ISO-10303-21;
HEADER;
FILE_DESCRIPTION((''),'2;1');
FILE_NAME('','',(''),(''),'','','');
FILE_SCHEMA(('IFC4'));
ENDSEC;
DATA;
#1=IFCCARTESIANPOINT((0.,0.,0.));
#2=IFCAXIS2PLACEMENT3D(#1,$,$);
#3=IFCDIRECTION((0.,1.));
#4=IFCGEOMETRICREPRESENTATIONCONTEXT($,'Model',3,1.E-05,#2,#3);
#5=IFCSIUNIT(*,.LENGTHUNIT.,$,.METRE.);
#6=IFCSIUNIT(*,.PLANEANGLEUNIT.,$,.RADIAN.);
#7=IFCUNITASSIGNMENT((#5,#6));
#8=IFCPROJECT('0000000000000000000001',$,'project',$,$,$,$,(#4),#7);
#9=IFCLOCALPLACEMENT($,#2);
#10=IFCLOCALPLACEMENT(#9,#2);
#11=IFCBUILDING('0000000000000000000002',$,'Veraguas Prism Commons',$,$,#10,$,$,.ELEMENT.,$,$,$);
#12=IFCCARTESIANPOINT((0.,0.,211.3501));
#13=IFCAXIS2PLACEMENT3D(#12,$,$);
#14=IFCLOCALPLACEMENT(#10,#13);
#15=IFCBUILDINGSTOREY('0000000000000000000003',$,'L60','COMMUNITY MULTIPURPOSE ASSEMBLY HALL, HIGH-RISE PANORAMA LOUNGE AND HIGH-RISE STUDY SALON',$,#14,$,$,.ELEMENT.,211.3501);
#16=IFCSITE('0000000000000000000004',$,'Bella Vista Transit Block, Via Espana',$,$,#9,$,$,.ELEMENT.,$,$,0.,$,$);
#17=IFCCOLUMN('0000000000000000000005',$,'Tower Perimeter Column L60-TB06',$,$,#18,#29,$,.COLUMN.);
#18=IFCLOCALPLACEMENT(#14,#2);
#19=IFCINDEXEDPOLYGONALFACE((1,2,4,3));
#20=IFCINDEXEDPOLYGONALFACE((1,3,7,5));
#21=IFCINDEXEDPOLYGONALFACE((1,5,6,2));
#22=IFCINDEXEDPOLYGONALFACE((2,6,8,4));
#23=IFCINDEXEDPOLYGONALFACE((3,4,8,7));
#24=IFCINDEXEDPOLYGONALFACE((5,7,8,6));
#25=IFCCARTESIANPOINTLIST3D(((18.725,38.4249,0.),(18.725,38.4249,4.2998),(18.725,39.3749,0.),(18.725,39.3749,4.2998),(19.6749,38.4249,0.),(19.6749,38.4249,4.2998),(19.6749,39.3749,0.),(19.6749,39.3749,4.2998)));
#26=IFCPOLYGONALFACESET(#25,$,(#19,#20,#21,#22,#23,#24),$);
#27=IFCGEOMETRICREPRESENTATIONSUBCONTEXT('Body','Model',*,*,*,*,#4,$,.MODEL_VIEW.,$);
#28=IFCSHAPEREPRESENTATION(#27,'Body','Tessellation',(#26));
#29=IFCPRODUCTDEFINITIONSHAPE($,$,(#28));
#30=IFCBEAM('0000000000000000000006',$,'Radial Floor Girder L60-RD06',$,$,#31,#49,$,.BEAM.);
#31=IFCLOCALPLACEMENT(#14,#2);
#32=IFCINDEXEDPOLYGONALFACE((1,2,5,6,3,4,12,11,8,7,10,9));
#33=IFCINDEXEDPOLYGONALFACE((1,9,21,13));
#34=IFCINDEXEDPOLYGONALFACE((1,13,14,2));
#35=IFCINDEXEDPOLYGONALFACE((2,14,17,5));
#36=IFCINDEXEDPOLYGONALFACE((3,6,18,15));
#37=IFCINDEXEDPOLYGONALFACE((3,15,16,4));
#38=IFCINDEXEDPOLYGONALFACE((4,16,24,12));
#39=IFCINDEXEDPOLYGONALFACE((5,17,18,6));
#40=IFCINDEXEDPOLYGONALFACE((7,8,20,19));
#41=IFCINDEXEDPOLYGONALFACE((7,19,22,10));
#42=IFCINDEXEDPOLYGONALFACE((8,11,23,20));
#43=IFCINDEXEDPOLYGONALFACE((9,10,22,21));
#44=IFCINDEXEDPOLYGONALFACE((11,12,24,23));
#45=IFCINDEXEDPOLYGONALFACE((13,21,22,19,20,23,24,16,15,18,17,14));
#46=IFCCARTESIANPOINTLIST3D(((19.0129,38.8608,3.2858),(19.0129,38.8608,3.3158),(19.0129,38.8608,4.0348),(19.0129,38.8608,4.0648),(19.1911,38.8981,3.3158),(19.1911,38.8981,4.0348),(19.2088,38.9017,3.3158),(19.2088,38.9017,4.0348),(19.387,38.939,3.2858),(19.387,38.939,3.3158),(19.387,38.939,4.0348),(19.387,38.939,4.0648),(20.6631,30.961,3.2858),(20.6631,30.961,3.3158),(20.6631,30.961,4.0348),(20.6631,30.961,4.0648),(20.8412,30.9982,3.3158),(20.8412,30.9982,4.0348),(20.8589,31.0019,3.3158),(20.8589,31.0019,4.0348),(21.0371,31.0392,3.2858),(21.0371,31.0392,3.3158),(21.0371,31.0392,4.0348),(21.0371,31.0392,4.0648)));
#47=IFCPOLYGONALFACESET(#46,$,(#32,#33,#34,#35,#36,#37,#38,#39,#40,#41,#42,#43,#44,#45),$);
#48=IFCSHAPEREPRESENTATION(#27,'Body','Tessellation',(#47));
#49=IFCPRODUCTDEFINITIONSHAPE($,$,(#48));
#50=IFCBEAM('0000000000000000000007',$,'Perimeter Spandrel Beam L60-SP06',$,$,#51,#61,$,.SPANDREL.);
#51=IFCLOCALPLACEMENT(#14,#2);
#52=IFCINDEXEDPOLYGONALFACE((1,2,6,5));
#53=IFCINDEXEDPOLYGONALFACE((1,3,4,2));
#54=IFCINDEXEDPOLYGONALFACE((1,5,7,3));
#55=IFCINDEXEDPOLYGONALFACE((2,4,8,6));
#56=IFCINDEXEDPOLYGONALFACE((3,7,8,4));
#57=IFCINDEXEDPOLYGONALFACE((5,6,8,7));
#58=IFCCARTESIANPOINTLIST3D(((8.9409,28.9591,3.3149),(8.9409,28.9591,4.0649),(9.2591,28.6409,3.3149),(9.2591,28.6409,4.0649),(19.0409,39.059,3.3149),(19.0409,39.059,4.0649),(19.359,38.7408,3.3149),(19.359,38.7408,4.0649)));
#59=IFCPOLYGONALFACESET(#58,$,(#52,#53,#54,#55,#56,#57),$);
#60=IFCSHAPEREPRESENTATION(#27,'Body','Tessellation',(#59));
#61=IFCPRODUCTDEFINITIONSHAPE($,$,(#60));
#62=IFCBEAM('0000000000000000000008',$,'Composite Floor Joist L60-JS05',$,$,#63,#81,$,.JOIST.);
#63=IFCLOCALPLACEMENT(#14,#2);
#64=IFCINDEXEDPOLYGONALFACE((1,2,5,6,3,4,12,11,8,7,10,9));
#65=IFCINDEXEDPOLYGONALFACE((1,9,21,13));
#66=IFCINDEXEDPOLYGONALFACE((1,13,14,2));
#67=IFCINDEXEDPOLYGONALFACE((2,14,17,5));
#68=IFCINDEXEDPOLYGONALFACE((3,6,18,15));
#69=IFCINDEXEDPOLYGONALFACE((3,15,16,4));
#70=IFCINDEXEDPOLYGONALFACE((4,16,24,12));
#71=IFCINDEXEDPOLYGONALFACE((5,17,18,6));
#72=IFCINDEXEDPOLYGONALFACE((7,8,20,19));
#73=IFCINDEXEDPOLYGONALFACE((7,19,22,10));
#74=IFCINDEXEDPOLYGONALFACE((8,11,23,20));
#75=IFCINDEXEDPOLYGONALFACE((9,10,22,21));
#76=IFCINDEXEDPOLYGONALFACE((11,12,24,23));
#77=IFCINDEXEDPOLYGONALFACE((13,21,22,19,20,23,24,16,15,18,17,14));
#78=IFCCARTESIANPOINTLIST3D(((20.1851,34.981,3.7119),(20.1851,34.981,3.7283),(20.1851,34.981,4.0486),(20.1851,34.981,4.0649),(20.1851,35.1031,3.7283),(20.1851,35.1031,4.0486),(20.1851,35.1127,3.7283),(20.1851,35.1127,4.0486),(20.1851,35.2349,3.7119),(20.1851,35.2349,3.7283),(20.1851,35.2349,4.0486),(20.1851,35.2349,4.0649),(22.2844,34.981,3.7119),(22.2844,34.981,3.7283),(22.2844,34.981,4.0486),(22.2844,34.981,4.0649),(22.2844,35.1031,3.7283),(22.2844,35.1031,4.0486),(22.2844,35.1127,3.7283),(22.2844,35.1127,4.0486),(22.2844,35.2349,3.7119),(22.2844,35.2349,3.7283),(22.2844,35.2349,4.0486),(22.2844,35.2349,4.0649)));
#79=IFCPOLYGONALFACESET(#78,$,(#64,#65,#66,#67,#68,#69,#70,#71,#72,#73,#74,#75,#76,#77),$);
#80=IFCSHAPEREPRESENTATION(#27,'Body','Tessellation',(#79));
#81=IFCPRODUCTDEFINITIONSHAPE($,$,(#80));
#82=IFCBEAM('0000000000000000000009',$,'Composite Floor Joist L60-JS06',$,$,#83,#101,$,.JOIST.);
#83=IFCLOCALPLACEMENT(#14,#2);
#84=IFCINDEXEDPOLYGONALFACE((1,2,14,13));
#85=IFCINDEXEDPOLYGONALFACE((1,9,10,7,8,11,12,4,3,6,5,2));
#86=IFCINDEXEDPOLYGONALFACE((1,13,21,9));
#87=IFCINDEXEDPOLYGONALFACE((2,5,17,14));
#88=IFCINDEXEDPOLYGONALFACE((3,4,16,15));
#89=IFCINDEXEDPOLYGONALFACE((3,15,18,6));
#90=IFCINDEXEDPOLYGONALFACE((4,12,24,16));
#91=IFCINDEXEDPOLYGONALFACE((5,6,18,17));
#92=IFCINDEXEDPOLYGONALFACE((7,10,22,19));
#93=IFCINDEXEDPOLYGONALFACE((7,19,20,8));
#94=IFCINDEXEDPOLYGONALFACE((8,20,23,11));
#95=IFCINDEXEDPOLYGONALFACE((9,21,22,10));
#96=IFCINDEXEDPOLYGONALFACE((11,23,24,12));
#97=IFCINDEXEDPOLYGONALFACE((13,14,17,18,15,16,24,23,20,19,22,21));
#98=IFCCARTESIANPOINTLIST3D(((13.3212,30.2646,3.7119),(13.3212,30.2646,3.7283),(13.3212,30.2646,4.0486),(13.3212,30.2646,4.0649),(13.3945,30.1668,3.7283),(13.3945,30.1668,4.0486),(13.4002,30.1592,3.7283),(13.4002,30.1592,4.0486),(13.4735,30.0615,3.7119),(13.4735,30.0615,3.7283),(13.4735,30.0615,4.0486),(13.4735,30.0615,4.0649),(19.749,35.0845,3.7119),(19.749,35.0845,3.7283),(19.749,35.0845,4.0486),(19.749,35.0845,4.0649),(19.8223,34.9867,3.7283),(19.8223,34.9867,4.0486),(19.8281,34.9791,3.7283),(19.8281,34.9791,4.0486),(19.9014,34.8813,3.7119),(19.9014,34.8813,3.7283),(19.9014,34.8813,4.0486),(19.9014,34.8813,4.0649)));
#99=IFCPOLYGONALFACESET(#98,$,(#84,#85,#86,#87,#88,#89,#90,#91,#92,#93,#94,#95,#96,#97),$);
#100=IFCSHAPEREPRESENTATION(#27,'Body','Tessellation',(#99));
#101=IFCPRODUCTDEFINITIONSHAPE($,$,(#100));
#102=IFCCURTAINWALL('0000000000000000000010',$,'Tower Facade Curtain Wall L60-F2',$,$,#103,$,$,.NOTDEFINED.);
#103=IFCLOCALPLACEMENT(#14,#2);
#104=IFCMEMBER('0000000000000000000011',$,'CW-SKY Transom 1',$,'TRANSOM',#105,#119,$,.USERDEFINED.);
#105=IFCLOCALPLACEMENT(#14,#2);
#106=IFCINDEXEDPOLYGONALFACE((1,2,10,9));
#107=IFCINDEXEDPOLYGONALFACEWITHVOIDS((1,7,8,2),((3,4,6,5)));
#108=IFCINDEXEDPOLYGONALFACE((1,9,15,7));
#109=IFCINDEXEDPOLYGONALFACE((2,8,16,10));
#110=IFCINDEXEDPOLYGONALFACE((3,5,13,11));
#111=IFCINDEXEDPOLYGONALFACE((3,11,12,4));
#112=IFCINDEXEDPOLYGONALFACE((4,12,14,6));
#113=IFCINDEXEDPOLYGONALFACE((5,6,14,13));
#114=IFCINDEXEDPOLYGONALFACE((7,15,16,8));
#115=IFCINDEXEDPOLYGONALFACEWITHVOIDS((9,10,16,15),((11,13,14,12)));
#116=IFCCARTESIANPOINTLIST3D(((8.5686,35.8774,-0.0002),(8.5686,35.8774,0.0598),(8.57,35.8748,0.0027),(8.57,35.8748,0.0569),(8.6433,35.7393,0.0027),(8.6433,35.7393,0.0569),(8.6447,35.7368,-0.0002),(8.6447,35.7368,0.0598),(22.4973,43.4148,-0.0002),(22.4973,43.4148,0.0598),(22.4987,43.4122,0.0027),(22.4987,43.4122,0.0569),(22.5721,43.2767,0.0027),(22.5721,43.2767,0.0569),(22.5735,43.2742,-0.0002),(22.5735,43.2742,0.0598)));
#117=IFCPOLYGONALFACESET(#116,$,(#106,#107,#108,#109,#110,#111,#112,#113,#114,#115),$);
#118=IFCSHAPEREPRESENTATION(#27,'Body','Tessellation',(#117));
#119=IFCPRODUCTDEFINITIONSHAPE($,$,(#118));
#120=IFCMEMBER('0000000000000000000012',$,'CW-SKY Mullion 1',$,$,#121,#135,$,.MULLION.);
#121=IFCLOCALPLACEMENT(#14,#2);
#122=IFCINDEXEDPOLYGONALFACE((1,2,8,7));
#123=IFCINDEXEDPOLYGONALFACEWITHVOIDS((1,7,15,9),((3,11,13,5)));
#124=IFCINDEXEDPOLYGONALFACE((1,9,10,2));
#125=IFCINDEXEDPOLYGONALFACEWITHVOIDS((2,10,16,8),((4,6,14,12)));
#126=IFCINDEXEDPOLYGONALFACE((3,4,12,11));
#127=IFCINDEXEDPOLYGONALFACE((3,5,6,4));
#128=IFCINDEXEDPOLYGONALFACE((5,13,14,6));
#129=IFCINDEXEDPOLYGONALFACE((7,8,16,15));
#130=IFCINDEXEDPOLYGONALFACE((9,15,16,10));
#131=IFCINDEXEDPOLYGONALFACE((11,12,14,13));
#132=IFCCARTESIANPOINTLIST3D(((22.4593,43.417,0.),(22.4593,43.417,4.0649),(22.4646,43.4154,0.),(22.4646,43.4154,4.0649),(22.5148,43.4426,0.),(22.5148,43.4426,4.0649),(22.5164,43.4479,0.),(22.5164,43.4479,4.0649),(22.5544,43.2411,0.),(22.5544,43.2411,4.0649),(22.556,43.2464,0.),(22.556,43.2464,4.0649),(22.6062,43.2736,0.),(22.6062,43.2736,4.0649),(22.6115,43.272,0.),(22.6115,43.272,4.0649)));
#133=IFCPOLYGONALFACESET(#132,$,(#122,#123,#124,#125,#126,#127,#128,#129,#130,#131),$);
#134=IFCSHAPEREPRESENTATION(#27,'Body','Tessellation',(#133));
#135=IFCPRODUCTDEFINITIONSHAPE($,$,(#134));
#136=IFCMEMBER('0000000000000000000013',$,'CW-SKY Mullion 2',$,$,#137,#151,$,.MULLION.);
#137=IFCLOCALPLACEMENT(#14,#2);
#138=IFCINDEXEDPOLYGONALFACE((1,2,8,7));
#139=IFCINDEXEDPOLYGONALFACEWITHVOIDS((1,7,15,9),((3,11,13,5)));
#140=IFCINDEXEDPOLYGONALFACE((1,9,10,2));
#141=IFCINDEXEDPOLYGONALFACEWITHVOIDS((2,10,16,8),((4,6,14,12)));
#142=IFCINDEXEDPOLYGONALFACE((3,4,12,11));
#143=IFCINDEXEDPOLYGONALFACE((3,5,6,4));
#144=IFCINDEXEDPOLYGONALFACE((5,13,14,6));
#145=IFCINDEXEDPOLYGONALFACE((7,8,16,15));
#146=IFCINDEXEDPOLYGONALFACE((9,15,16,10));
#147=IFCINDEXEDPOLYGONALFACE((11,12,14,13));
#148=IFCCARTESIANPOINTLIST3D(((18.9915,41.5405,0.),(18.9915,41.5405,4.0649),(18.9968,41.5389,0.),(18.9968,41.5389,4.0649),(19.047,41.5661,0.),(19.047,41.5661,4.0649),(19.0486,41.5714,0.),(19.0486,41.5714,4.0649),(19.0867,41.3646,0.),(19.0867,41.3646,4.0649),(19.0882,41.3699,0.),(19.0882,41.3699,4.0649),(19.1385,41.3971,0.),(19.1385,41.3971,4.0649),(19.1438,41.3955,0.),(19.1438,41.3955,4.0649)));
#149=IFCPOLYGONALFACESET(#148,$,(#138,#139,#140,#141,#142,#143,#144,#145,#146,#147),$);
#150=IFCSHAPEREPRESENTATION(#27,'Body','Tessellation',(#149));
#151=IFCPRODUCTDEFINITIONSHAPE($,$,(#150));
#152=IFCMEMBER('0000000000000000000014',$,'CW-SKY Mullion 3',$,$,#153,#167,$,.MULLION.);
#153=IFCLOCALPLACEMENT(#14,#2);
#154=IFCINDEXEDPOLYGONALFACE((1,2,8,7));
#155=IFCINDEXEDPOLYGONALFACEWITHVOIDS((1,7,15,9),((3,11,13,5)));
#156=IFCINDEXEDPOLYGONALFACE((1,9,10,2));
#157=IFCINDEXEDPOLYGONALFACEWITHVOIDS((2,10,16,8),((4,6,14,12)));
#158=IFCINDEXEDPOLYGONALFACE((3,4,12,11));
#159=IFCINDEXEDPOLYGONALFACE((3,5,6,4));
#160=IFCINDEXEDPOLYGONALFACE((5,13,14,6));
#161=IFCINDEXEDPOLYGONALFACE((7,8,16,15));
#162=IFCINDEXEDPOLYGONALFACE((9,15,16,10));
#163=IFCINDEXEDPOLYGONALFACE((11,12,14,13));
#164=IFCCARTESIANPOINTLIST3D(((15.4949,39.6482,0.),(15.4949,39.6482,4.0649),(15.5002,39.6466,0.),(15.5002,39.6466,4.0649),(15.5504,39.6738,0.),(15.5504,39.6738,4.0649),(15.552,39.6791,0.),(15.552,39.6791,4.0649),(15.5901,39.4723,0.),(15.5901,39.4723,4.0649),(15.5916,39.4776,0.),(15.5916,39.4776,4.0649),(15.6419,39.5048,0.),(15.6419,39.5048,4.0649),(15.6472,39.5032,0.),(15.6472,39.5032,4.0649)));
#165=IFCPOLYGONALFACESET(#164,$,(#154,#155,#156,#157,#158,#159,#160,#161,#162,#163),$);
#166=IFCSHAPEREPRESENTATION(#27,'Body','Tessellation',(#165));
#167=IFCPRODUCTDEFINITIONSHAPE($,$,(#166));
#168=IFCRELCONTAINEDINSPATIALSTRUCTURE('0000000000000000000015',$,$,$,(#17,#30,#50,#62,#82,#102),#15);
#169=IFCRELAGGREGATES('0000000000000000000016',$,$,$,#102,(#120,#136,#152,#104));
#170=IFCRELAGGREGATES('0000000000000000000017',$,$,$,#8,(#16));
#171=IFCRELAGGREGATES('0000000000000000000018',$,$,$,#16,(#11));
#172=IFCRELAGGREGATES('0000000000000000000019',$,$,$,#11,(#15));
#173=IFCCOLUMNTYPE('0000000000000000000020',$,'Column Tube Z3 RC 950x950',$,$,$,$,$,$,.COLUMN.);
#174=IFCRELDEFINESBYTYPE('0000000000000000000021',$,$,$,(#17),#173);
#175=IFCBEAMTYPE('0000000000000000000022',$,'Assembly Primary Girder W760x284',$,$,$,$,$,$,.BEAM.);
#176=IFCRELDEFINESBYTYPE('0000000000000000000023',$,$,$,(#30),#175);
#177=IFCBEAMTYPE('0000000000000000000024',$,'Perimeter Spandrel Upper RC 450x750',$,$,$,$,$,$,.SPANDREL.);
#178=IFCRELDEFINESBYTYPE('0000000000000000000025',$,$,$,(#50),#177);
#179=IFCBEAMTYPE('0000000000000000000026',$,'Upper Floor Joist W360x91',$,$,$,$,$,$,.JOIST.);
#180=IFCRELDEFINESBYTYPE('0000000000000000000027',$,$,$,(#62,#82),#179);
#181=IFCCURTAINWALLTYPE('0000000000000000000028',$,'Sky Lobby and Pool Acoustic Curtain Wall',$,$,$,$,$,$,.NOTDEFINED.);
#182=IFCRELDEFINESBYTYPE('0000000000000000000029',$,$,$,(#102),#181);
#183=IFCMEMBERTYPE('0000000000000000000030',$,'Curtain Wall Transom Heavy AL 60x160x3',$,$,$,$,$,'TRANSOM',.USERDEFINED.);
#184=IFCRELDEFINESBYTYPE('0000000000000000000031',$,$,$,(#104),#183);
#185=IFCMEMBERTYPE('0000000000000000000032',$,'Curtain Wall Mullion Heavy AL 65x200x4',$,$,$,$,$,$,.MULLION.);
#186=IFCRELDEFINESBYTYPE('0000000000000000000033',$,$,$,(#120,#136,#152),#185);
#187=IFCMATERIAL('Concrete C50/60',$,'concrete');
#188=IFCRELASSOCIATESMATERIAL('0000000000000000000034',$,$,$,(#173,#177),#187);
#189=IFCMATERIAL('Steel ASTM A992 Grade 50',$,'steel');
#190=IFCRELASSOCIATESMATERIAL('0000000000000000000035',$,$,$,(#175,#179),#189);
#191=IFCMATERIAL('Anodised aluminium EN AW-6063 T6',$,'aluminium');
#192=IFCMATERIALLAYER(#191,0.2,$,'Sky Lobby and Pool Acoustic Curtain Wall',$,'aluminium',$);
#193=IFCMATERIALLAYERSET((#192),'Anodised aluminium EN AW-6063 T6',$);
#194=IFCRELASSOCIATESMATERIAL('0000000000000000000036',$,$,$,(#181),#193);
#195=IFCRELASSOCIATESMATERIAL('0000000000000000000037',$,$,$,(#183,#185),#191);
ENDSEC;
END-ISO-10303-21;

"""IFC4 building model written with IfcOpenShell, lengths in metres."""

from ifc_helpers import new_model, si_unit, direction, frame, origin, origin_2d, place, context, subcontext, project, spatial, rectangle, hollow_rectangle, i_section, extrude, source, transform, mapped, material, layer, layer_set, material_profile, profile_set, type_object, element, aggregate, save


model = new_model("IFC4")

# Units and contexts
model_context = context("Model", 3, precision=1e-05, world=origin(), true_north=direction((0.0, 1.0)))
body_context = subcontext(model_context, "Body", "Model", "MODEL_VIEW")
ifc_project = project(units=[si_unit("LENGTHUNIT", "METRE"), si_unit("PLANEANGLEUNIT", "RADIAN")], contexts=[model_context])

# Site, building, storey
site_placement = place(None, origin())
site = spatial("IfcSite", under=ifc_project, at=site_placement, Name="Bella Vista Transit Block, Via Espana", CompositionType="ELEMENT", RefElevation=0.0)
building_placement = place(site_placement, origin())
building = spatial("IfcBuilding", under=site, at=building_placement, Name="Veraguas Prism Commons", CompositionType="ELEMENT")
storey_placement = place(building_placement, frame((0.0, 0.0, 211.3501)))
storey = spatial("IfcBuildingStorey", under=building, at=storey_placement, Name="L60", Description="COMMUNITY MULTIPURPOSE ASSEMBLY HALL, HIGH-RISE PANORAMA LOUNGE AND HIGH-RISE STUDY SALON", CompositionType="ELEMENT", Elevation=211.3501)

# Column
ifc_material_1 = material(Name="Concrete C50/60", Category="concrete")
ifc_material_profile_1 = material_profile(ifc_material_1, rectangle(XDim=0.95, YDim=0.95, at=origin_2d()), Name="RC950X950")
ifc_profile_set_1 = profile_set([ifc_material_profile_1], Name="Concrete C50/60")
column_type = type_object("IfcColumnType", Name="Column Tube Z3 RC 950x950", PredefinedType="COLUMN", material=ifc_profile_set_1)
column_placement = place(storey_placement, frame((19.2, 38.8999, 0.0), z_axis=(0.0, 0.0, 1.0), x_axis=(1.0, 0.0, 0.0)))
element("IfcColumn", 1, at=column_placement, inside=storey, type_object=column_type, Name="Tower Perimeter Column L60-TB06", PredefinedType="COLUMN", context=body_context, shape_type="SweptSolid", body=[
    extrude(rectangle(XDim=0.95, YDim=0.95, at=origin_2d()), origin(), (0.0, 0.0, 1.0), 4.2998),
])

# Beams
ifc_material_2 = material(Name="Steel ASTM A992 Grade 50", Category="steel")
ifc_material_profile_2 = material_profile(ifc_material_2, i_section(OverallWidth=0.3821, OverallDepth=0.7791, WebThickness=0.0181, FlangeThickness=0.03, at=origin_2d()), Name="W760X284")
ifc_profile_set_2 = profile_set([ifc_material_profile_2], Name="Steel ASTM A992 Grade 50")
beam_type_1 = type_object("IfcBeamType", Name="Assembly Primary Girder W760x284", PredefinedType="BEAM", material=ifc_profile_set_2)
beam_1_placement = place(storey_placement, frame((19.2, 38.8999, 3.6753), z_axis=(0.204469, -0.978873, 0.0), x_axis=(0.978873, 0.204469, 0.0)))
element("IfcBeam", 2, at=beam_1_placement, inside=storey, type_object=beam_type_1, Name="Radial Floor Girder L60-RD06", PredefinedType="BEAM", context=body_context, shape_type="SweptSolid", body=[
    extrude(i_section(OverallWidth=0.3821, OverallDepth=0.7791, WebThickness=0.0181, FlangeThickness=0.03, at=origin_2d()), origin(), (0.0, 0.0, 1.0), 8.0703),
])
ifc_material_profile_3 = material_profile(ifc_material_1, rectangle(XDim=0.45, YDim=0.75, at=origin_2d()), Name="RC450X750")
ifc_profile_set_3 = profile_set([ifc_material_profile_3], Name="Concrete C50/60")
beam_type_2 = type_object("IfcBeamType", Name="Perimeter Spandrel Upper RC 450x750", PredefinedType="SPANDREL", material=ifc_profile_set_3)
beam_2_placement = place(storey_placement, frame((19.2, 38.8999, 3.6899), z_axis=(-0.707107, -0.707107, 0.0), x_axis=(0.707107, -0.707107, 0.0)))
element("IfcBeam", 3, at=beam_2_placement, inside=storey, type_object=beam_type_2, Name="Perimeter Spandrel Beam L60-SP06", PredefinedType="SPANDREL", context=body_context, shape_type="SweptSolid", body=[
    extrude(rectangle(XDim=0.45, YDim=0.75, at=origin_2d()), origin(), (0.0, 0.0, 1.0), 14.2834),
])
ifc_material_profile_4 = material_profile(ifc_material_2, i_section(OverallWidth=0.2539, OverallDepth=0.353, WebThickness=0.0095, FlangeThickness=0.0164, at=origin_2d()), Name="W360X91")
ifc_profile_set_4 = profile_set([ifc_material_profile_4], Name="Steel ASTM A992 Grade 50")
beam_type_3 = type_object("IfcBeamType", Name="Upper Floor Joist W360x91", PredefinedType="JOIST", material=ifc_profile_set_4)
beam_3_placement = place(storey_placement, frame((22.2844, 35.1079, 3.8884), z_axis=(-1.0, 0.0, 0.0), x_axis=(0.0, -1.0, 0.0)))
element("IfcBeam", 4, at=beam_3_placement, inside=storey, type_object=beam_type_3, Name="Composite Floor Joist L60-JS05", PredefinedType="JOIST", context=body_context, shape_type="SweptSolid", body=[
    extrude(i_section(OverallWidth=0.2539, OverallDepth=0.353, WebThickness=0.0095, FlangeThickness=0.0164, at=origin_2d()), origin(), (0.0, 0.0, 1.0), 2.0994),
])
beam_4_placement = place(storey_placement, frame((19.8252, 34.9829, 3.8884), z_axis=(-0.800058, -0.599922, 0.0), x_axis=(0.599922, -0.800058, 0.0)))
element("IfcBeam", 5, at=beam_4_placement, inside=storey, type_object=beam_type_3, Name="Composite Floor Joist L60-JS06", PredefinedType="JOIST", context=body_context, shape_type="SweptSolid", body=[
    extrude(i_section(OverallWidth=0.2539, OverallDepth=0.353, WebThickness=0.0095, FlangeThickness=0.0164, at=origin_2d()), origin(), (0.0, 0.0, 1.0), 8.0342),
])

# Curtain wall, members
ifc_material_3 = material(Name="Anodised aluminium EN AW-6063 T6", Category="aluminium")
ifc_layer_1 = layer(ifc_material_3, 0.2, Name="Sky Lobby and Pool Acoustic Curtain Wall", Category="aluminium")
ifc_layer_set_1 = layer_set([ifc_layer_1], Name="Anodised aluminium EN AW-6063 T6")
curtain_wall_type = type_object("IfcCurtainWallType", Name="Sky Lobby and Pool Acoustic Curtain Wall", PredefinedType="NOTDEFINED", material=ifc_layer_set_1)
curtain_wall_placement = place(storey_placement, origin())
curtain_wall = element("IfcCurtainWall", 6, at=curtain_wall_placement, inside=storey, type_object=curtain_wall_type, Name="Tower Facade Curtain Wall L60-F2", PredefinedType="NOTDEFINED")
ifc_material_profile_5 = material_profile(ifc_material_3, hollow_rectangle(XDim=0.0601, YDim=0.1599, WallThickness=0.0029, at=origin_2d()), Name="AL60X160X3")
ifc_profile_set_5 = profile_set([ifc_material_profile_5], Name="Anodised aluminium EN AW-6063 T6")
member_type_1 = type_object("IfcMemberType", Name="Curtain Wall Transom Heavy AL 60x160x3", ElementType="TRANSOM", PredefinedType="USERDEFINED", material=ifc_profile_set_5)
shared_shape_1 = source(origin(), body_context, "Body", "SweptSolid", [
    extrude(hollow_rectangle(XDim=0.0601, YDim=0.1599, WallThickness=0.0029, at=origin_2d()), origin(), (0.0, 0.0, 1.0), 15.8374),
])
member_1_placement = place(storey_placement, frame((22.5354, 43.3445, 0.0298), z_axis=(-0.879487, -0.475924, 0.0), x_axis=(0.0, 0.0, 1.0)))
member_1 = element("IfcMember", 7, at=member_1_placement, type_object=member_type_1, Name="CW-SKY Transom 1", ObjectType="TRANSOM", PredefinedType="USERDEFINED", context=body_context, shape_type="MappedRepresentation", body=[
    mapped(shared_shape_1, transform((0.0, 0.0, 0.0), scale=1.0)),
])
ifc_material_profile_6 = material_profile(ifc_material_3, hollow_rectangle(XDim=0.0649, YDim=0.2, WallThickness=0.0039, at=origin_2d()), Name="AL65X200X4")
ifc_profile_set_6 = profile_set([ifc_material_profile_6], Name="Anodised aluminium EN AW-6063 T6")
member_type_2 = type_object("IfcMemberType", Name="Curtain Wall Mullion Heavy AL 65x200x4", PredefinedType="MULLION", material=ifc_profile_set_6)
shared_shape_2 = source(origin(), body_context, "Body", "SweptSolid", [
    extrude(hollow_rectangle(XDim=0.0649, YDim=0.2, WallThickness=0.0039, at=origin_2d()), origin(), (0.0, 0.0, 1.0), 4.0649),
])
member_2_placement = place(storey_placement, frame((22.5354, 43.3445, 0.0), z_axis=(0.0, 0.0, 1.0), x_axis=(-0.879484, -0.475928, 0.0)))
member_2 = element("IfcMember", 8, at=member_2_placement, type_object=member_type_2, Name="CW-SKY Mullion 1", PredefinedType="MULLION", context=body_context, shape_type="MappedRepresentation", body=[
    mapped(shared_shape_2, transform((0.0, 0.0, 0.0), scale=1.0)),
])
member_3_placement = place(storey_placement, frame((19.0676, 41.468, 0.0), z_axis=(0.0, 0.0, 1.0), x_axis=(-0.879484, -0.475928, 0.0)))
member_3 = element("IfcMember", 9, at=member_3_placement, type_object=member_type_2, Name="CW-SKY Mullion 2", PredefinedType="MULLION", context=body_context, shape_type="MappedRepresentation", body=[
    mapped(shared_shape_2, transform((0.0, 0.0, 0.0), scale=1.0)),
])
member_4_placement = place(storey_placement, frame((15.571, 39.5757, 0.0), z_axis=(0.0, 0.0, 1.0), x_axis=(-0.879484, -0.475928, 0.0)))
member_4 = element("IfcMember", 10, at=member_4_placement, type_object=member_type_2, Name="CW-SKY Mullion 3", PredefinedType="MULLION", context=body_context, shape_type="MappedRepresentation", body=[
    mapped(shared_shape_2, transform((0.0, 0.0, 0.0), scale=1.0)),
])
aggregate(curtain_wall, [member_2, member_3, member_4, member_1])

save(model, "model.ifc")
